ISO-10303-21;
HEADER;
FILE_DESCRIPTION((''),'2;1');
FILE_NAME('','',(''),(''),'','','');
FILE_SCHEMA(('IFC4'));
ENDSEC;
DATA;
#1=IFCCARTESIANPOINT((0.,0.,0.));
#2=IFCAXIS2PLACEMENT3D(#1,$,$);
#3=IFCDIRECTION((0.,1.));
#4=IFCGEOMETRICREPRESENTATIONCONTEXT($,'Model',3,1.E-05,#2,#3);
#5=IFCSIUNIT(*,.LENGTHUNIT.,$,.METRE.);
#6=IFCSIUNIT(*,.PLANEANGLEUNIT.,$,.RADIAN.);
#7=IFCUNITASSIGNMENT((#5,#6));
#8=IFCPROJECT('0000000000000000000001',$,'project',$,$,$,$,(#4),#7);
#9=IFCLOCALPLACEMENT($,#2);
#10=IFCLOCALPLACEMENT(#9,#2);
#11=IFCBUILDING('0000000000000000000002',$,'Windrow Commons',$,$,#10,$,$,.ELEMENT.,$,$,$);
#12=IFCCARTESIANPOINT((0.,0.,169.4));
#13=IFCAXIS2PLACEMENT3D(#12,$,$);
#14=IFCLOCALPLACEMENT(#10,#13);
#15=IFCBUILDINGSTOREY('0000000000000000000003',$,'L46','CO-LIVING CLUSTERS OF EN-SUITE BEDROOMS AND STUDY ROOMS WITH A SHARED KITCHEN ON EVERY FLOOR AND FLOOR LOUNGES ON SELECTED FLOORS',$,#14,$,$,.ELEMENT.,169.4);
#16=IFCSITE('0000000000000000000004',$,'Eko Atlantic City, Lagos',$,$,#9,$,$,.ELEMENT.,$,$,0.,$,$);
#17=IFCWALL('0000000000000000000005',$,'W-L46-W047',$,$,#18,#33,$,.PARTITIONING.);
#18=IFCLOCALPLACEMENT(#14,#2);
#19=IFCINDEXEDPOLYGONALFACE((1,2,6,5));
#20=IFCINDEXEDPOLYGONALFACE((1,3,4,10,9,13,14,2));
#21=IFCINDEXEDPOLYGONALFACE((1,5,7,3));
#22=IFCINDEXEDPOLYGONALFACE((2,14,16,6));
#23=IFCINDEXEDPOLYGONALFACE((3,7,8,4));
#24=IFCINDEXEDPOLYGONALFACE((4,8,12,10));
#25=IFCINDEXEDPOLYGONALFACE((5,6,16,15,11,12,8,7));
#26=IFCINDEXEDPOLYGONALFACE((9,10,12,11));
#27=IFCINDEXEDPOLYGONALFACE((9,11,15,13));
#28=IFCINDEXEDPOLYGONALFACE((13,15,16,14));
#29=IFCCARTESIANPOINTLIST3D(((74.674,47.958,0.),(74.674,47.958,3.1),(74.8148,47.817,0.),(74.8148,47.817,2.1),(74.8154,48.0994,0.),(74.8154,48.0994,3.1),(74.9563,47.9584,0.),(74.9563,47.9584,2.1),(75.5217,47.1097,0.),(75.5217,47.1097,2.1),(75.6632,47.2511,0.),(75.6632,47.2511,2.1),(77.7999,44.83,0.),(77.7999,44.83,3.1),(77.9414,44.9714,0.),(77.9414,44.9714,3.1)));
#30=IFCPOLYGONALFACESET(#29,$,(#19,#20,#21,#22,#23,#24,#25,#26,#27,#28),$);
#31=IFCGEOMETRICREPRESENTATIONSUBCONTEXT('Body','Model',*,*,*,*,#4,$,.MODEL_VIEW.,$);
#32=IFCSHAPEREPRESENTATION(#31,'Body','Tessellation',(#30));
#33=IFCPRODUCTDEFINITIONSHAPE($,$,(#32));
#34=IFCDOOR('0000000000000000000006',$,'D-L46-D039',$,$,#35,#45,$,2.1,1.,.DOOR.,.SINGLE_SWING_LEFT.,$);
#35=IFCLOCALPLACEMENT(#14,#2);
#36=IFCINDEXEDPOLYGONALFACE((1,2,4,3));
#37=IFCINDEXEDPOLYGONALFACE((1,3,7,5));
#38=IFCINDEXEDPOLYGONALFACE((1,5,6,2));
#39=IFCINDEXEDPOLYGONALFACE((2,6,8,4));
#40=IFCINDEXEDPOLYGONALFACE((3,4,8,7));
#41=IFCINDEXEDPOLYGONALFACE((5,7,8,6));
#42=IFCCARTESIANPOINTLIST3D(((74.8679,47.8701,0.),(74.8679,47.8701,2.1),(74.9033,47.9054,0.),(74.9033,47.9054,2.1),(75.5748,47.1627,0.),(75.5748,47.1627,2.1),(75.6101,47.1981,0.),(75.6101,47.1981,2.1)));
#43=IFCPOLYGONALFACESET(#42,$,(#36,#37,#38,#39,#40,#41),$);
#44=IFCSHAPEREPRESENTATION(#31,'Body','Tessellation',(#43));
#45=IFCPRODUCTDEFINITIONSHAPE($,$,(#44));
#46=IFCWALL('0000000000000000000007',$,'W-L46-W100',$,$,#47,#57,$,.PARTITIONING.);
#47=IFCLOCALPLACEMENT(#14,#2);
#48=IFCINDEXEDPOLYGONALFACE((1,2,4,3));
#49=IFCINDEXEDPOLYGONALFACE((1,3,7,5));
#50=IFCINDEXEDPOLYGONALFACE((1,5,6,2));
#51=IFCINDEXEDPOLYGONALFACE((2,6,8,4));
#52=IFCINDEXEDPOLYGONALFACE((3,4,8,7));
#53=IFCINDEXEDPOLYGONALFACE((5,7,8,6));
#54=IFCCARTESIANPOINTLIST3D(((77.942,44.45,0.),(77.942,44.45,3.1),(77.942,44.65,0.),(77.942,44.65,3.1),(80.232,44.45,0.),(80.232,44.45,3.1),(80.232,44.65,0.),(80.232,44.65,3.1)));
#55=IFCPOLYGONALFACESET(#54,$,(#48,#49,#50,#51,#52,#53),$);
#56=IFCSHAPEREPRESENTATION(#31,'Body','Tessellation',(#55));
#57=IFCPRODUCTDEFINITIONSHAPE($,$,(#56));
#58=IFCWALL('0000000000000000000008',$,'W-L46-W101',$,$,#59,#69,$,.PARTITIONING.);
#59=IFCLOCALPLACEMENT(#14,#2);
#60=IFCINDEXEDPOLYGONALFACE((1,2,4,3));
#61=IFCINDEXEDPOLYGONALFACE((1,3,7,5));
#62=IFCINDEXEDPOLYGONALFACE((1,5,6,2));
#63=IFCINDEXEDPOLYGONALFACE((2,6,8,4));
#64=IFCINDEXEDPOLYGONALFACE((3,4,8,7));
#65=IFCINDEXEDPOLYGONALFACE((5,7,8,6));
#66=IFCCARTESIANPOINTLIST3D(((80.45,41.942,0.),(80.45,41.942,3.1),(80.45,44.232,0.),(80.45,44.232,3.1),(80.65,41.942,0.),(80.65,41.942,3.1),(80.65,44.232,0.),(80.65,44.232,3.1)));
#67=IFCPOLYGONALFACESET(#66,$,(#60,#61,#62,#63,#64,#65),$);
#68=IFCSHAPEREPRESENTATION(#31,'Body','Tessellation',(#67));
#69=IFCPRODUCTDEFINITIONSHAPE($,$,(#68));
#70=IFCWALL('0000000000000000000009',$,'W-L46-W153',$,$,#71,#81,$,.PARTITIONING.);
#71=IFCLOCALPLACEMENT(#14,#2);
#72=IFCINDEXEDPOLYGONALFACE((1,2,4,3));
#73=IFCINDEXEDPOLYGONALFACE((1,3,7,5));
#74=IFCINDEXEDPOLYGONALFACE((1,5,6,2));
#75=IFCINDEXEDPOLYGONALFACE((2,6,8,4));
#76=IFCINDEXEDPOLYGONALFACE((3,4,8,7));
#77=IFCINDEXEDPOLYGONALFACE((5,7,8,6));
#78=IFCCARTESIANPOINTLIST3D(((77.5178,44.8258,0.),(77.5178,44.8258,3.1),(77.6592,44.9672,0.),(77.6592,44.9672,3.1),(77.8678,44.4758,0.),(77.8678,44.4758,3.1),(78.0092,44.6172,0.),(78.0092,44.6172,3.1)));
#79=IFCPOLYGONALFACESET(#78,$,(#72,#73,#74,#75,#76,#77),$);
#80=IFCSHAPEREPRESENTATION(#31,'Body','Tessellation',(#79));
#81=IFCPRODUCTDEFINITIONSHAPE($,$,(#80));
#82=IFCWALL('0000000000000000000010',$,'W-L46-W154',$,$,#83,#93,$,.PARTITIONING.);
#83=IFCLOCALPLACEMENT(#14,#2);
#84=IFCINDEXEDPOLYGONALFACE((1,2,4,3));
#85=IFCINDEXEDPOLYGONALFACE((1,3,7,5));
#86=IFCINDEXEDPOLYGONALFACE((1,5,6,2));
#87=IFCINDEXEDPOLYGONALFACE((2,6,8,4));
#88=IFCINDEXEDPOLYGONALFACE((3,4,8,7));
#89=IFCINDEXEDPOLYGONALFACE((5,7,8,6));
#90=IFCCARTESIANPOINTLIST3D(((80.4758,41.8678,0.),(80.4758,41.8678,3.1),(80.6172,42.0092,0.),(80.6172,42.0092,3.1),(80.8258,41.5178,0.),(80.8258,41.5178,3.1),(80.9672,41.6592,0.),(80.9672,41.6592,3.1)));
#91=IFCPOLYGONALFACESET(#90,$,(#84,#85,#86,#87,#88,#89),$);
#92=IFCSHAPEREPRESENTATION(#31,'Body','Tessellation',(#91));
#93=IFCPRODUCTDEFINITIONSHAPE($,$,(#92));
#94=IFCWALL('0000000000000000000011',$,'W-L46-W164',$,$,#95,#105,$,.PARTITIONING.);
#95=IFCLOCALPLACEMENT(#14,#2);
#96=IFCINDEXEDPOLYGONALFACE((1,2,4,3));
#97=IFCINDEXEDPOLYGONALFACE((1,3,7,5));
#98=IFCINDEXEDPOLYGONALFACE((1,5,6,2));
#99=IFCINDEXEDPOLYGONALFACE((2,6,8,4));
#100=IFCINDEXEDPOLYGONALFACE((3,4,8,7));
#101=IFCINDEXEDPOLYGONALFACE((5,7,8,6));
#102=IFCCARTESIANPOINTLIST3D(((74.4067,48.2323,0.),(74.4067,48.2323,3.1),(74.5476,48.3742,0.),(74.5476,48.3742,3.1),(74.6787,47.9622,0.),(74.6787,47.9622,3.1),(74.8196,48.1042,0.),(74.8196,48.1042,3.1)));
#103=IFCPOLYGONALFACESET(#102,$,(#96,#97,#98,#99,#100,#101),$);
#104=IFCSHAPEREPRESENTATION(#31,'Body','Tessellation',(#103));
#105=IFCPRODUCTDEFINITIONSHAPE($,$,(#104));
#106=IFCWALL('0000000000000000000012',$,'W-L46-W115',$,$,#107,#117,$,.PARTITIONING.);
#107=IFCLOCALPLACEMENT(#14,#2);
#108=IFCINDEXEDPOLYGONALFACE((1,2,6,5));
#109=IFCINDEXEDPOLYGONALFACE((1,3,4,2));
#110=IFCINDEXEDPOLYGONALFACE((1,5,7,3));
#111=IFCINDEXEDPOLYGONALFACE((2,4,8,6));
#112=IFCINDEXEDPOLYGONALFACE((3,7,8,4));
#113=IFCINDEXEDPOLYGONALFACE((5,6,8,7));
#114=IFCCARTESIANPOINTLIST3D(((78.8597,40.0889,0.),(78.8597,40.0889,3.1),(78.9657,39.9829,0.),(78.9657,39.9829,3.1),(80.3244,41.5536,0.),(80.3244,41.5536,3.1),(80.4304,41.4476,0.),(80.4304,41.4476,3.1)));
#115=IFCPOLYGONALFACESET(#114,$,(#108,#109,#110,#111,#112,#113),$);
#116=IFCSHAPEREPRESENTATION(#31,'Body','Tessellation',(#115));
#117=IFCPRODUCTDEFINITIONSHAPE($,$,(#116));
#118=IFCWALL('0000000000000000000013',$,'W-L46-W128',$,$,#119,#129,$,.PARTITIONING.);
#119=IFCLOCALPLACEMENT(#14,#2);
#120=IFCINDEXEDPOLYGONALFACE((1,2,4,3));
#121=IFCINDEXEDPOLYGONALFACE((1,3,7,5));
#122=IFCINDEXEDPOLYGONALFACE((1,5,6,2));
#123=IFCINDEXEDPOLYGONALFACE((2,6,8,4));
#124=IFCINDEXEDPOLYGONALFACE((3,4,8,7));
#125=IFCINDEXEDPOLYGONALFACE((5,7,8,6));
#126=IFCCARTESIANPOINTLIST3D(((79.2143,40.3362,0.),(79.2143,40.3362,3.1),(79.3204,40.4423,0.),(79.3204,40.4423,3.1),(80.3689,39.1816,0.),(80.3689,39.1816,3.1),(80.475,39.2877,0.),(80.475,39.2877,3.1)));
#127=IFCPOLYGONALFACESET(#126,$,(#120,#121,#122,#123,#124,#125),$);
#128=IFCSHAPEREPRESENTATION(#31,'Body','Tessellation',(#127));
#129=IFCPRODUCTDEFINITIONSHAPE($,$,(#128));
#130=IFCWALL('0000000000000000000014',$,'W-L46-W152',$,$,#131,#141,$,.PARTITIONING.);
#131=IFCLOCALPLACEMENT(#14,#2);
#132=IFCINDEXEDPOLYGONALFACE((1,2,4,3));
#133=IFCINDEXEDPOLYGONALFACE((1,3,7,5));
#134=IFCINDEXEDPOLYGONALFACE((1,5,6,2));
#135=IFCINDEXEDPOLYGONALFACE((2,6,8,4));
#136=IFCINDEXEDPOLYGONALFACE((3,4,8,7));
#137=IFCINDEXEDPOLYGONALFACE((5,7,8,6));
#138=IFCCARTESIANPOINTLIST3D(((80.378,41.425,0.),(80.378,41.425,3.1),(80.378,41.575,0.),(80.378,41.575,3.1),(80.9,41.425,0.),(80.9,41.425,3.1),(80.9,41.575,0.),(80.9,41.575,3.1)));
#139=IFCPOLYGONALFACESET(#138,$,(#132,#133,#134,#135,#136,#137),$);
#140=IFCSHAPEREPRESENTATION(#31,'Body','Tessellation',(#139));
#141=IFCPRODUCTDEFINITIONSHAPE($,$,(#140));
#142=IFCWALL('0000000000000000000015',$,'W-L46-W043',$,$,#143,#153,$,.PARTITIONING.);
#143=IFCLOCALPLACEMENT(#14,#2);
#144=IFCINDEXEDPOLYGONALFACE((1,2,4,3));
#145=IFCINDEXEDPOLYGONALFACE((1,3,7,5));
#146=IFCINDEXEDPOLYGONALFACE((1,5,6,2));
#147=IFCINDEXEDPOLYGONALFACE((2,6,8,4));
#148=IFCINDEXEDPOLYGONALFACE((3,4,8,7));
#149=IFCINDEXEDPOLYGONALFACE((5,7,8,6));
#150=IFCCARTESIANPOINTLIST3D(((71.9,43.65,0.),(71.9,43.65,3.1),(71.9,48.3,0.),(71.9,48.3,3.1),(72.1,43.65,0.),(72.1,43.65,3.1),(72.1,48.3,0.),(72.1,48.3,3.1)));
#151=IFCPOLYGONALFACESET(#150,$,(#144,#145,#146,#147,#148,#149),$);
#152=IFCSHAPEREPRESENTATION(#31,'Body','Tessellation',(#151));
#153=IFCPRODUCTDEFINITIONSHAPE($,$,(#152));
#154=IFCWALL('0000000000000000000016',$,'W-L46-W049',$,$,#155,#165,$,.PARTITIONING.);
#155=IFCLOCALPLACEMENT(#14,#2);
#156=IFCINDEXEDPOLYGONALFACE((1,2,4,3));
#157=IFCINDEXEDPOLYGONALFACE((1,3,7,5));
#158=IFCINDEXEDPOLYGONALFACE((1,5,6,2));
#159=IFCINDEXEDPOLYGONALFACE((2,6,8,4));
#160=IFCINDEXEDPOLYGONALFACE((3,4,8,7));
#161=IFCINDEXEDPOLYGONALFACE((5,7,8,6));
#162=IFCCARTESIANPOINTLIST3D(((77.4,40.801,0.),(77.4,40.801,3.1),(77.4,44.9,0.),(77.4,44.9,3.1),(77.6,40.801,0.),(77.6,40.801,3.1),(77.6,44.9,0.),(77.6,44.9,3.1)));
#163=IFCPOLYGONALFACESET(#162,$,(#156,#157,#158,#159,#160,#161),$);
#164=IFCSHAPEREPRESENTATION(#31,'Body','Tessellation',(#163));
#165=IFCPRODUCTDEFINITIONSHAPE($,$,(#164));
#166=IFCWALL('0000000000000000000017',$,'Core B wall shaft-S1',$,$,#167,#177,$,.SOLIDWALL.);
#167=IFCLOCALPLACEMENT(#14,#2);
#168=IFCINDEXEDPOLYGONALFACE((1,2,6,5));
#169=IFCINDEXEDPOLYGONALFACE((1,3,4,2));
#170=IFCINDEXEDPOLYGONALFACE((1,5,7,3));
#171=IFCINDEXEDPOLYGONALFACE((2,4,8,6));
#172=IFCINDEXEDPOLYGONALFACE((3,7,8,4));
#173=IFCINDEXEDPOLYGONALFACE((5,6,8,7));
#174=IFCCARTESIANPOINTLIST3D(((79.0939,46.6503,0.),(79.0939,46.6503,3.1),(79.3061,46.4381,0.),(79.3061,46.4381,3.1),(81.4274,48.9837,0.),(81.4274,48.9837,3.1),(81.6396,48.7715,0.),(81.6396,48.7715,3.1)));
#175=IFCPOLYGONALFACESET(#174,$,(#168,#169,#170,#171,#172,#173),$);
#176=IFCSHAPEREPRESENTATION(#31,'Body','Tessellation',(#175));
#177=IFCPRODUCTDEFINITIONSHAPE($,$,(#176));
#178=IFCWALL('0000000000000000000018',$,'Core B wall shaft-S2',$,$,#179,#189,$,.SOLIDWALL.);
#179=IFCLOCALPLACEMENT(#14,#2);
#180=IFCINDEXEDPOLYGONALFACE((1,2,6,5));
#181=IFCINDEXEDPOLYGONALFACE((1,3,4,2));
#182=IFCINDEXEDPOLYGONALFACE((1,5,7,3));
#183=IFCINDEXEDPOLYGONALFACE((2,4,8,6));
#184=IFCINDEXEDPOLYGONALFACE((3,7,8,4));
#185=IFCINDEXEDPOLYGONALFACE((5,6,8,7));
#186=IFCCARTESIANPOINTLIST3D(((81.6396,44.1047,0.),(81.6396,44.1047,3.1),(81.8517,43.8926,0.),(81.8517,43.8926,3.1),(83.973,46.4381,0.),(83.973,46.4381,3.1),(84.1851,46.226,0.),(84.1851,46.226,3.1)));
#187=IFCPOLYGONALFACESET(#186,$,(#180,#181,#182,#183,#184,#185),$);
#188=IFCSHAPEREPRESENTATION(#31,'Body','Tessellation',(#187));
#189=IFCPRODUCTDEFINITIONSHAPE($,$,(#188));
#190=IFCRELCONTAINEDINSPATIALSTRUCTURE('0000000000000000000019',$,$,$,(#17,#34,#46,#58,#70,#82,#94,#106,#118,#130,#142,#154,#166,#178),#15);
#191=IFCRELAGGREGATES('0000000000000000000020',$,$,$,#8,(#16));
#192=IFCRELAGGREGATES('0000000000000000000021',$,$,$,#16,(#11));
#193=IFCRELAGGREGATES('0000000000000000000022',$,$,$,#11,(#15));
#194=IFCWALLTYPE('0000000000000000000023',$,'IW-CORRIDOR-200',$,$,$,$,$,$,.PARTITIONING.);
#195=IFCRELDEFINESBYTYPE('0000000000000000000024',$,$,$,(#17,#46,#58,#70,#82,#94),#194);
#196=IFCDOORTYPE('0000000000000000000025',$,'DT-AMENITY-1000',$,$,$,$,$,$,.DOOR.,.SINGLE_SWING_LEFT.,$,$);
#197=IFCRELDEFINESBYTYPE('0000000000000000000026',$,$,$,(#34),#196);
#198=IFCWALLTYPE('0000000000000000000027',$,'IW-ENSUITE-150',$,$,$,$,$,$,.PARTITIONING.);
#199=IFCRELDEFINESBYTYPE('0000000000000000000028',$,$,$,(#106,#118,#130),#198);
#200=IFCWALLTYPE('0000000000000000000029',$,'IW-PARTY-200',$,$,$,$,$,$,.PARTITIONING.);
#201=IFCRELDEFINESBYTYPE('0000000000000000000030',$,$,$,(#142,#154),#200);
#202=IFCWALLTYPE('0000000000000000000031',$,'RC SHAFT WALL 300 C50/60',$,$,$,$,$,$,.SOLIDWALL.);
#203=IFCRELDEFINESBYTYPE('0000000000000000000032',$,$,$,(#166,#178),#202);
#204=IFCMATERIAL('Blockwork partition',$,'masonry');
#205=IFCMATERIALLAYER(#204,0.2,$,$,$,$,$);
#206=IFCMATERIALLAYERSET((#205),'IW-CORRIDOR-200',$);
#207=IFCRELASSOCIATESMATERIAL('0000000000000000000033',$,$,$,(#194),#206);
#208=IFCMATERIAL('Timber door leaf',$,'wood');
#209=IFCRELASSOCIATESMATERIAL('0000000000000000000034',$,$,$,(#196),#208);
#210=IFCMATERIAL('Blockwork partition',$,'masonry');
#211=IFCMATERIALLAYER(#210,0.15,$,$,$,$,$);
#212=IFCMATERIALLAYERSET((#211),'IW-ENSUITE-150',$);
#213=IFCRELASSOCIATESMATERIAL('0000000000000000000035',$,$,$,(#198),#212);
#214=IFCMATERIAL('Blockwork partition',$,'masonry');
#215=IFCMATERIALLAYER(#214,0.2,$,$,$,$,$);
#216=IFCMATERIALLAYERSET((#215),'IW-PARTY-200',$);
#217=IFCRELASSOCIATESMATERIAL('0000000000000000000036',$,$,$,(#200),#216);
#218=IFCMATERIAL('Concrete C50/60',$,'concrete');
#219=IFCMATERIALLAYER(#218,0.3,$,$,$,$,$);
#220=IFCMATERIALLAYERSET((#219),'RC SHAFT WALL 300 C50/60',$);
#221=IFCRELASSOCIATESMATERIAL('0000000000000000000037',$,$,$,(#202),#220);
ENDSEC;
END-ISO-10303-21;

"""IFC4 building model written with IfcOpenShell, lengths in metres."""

from ifc_helpers import new_model, si_unit, direction, frame, frame_2d, origin, place, context, subcontext, project, spatial, rectangle, extrude, material, layer, layer_set, type_object, element, fill, save


model = new_model("IFC4")

# Units and contexts
model_context = context("Model", 3, precision=1e-05, world=origin(), true_north=direction((0.0, 1.0)))
body_context = subcontext(model_context, "Body", "Model", "MODEL_VIEW")
ifc_project = project(units=[si_unit("LENGTHUNIT", "METRE"), si_unit("PLANEANGLEUNIT", "RADIAN")], contexts=[model_context])

# Site, building, storey
site_placement = place(None, origin())
site = spatial("IfcSite", under=ifc_project, at=site_placement, Name="Eko Atlantic City, Lagos", CompositionType="ELEMENT", RefElevation=0.0)
building_placement = place(site_placement, origin())
building = spatial("IfcBuilding", under=site, at=building_placement, Name="Windrow Commons", CompositionType="ELEMENT")
storey_placement = place(building_placement, frame((0.0, 0.0, 169.4)))
storey = spatial("IfcBuildingStorey", under=building, at=storey_placement, Name="L46", Description="CO-LIVING CLUSTERS OF EN-SUITE BEDROOMS AND STUDY ROOMS WITH A SHARED KITCHEN ON EVERY FLOOR AND FLOOR LOUNGES ON SELECTED FLOORS", CompositionType="ELEMENT", Elevation=169.4)

# Wall, opening, door
ifc_material_1 = material(Name="Blockwork partition", Category="masonry")
ifc_layer_1 = layer(ifc_material_1, 0.2)
ifc_layer_set_1 = layer_set([ifc_layer_1], Name="IW-CORRIDOR-200")
wall_type_1 = type_object("IfcWallType", Name="IW-CORRIDOR-200", PredefinedType="PARTITIONING", material=ifc_layer_set_1)
wall_1_placement = place(storey_placement, frame((74.7447, 48.0287, 0.0), z_axis=(0.0, 0.0, 1.0), x_axis=(0.706881, -0.707333, 0.0)))
wall_1 = element("IfcWall", 1, at=wall_1_placement, inside=storey, type_object=wall_type_1, Name="W-L46-W047", PredefinedType="PARTITIONING", context=body_context, shape_type="SweptSolid", body=[
    extrude(rectangle(XDim=4.4222, YDim=0.2, at=frame_2d((2.2111, 0.0))), origin(), (0.0, 0.0, 1.0), 3.1),
])
opening_1_placement = place(wall_1_placement, frame((0.1993, 0.0, 0.0)))
opening_1 = element("IfcOpeningElement", 2, at=opening_1_placement, cuts=wall_1, PredefinedType="OPENING", context=body_context, shape_type="SweptSolid", body=[
    extrude(rectangle(XDim=1.0, YDim=2.1, at=frame_2d((0.5, 1.05))), frame((0.0, 0.11, 0.0), z_axis=(0.0, -1.0, 0.0), x_axis=(1.0, 0.0, 0.0)), (0.0, 0.0, 1.0), 0.22),
])
ifc_material_2 = material(Name="Timber door leaf", Category="wood")
door_type_1 = type_object("IfcDoorType", Name="DT-AMENITY-1000", OperationType="SINGLE_SWING_LEFT", PredefinedType="DOOR", material=ifc_material_2)
door_1_placement = place(opening_1_placement, origin())
door_1 = element("IfcDoor", 3, at=door_1_placement, inside=storey, type_object=door_type_1, Name="D-L46-D039", OperationType="SINGLE_SWING_LEFT", OverallHeight=2.1, OverallWidth=1.0, PredefinedType="DOOR", context=body_context, shape_type="SweptSolid", body=[
    extrude(rectangle(XDim=1.0, YDim=2.1, at=frame_2d((0.5, 1.05))), frame((0.0, 0.025, 0.0), z_axis=(0.0, -1.0, 0.0), x_axis=(1.0, 0.0, 0.0)), (0.0, 0.0, 1.0), 0.05),
])
fill(opening_1, door_1)

# Walls
for number, where, z_axis, x_axis, name in (
    (4, (77.942, 44.55, 0.0), (0.0, 0.0, 1.0), (1.0, 0.0, 0.0), "W-L46-W100"),
    (5, (80.55, 41.942, 0.0), (0.0, 0.0, 1.0), (0.0, 1.0, 0.0), "W-L46-W101"),
):
    element("IfcWall", number, at=place(storey_placement, frame(where, z_axis=z_axis, x_axis=x_axis)), inside=storey, type_object=wall_type_1, Name=name, PredefinedType="PARTITIONING", context=body_context, shape_type="SweptSolid", body=[
        extrude(rectangle(XDim=2.29, YDim=0.2, at=frame_2d((1.145, 0.0))), origin(), (0.0, 0.0, 1.0), 3.1),
    ])
for number, where, z_axis, x_axis, name in (
    (6, (77.5885, 44.8965, 0.0), (0.0, 0.0, 1.0), (0.707107, -0.707107, 0.0), "W-L46-W153"),
    (7, (80.5465, 41.9385, 0.0), (0.0, 0.0, 1.0), (0.707107, -0.707107, 0.0), "W-L46-W154"),
):
    element("IfcWall", number, at=place(storey_placement, frame(where, z_axis=z_axis, x_axis=x_axis)), inside=storey, type_object=wall_type_1, Name=name, PredefinedType="PARTITIONING", context=body_context, shape_type="SweptSolid", body=[
        extrude(rectangle(XDim=0.495, YDim=0.2, at=frame_2d((0.2475, 0.0))), origin(), (0.0, 0.0, 1.0), 3.1),
    ])
wall_2_placement = place(storey_placement, frame((74.4772, 48.3032, 0.0), z_axis=(0.0, 0.0, 1.0), x_axis=(0.709711, -0.704493, 0.0)))
element("IfcWall", 8, at=wall_2_placement, inside=storey, type_object=wall_type_1, Name="W-L46-W164", PredefinedType="PARTITIONING", context=body_context, shape_type="SweptSolid", body=[
    extrude(rectangle(XDim=0.3833, YDim=0.2, at=frame_2d((0.1916, 0.0))), origin(), (0.0, 0.0, 1.0), 3.1),
])
ifc_material_3 = material(Name="Blockwork partition", Category="masonry")
ifc_layer_2 = layer(ifc_material_3, 0.15)
ifc_layer_set_2 = layer_set([ifc_layer_2], Name="IW-ENSUITE-150")
wall_type_2 = type_object("IfcWallType", Name="IW-ENSUITE-150", PredefinedType="PARTITIONING", material=ifc_layer_set_2)
wall_3_placement = place(storey_placement, frame((78.9127, 40.0359, 0.0), z_axis=(0.0, 0.0, 1.0), x_axis=(0.707107, 0.707107, 0.0)))
element("IfcWall", 9, at=wall_3_placement, inside=storey, type_object=wall_type_2, Name="W-L46-W115", PredefinedType="PARTITIONING", context=body_context, shape_type="SweptSolid", body=[
    extrude(rectangle(XDim=2.0714, YDim=0.15, at=frame_2d((1.0357, 0.0))), origin(), (0.0, 0.0, 1.0), 3.1),
])
wall_4_placement = place(storey_placement, frame((79.2673, 40.3893, 0.0), z_axis=(0.0, 0.0, 1.0), x_axis=(0.707107, -0.707107, 0.0)))
element("IfcWall", 10, at=wall_4_placement, inside=storey, type_object=wall_type_2, Name="W-L46-W128", PredefinedType="PARTITIONING", context=body_context, shape_type="SweptSolid", body=[
    extrude(rectangle(XDim=1.6329, YDim=0.15, at=frame_2d((0.8165, 0.0))), origin(), (0.0, 0.0, 1.0), 3.1),
])
wall_5_placement = place(storey_placement, frame((80.378, 41.5, 0.0), z_axis=(0.0, 0.0, 1.0), x_axis=(1.0, 0.0, 0.0)))
element("IfcWall", 11, at=wall_5_placement, inside=storey, type_object=wall_type_2, Name="W-L46-W152", PredefinedType="PARTITIONING", context=body_context, shape_type="SweptSolid", body=[
    extrude(rectangle(XDim=0.522, YDim=0.15, at=frame_2d((0.261, 0.0))), origin(), (0.0, 0.0, 1.0), 3.1),
])
ifc_material_4 = material(Name="Blockwork partition", Category="masonry")
ifc_layer_3 = layer(ifc_material_4, 0.2)
ifc_layer_set_3 = layer_set([ifc_layer_3], Name="IW-PARTY-200")
wall_type_3 = type_object("IfcWallType", Name="IW-PARTY-200", PredefinedType="PARTITIONING", material=ifc_layer_set_3)
wall_6_placement = place(storey_placement, frame((72.0, 43.65, 0.0), z_axis=(0.0, 0.0, 1.0), x_axis=(0.0, 1.0, 0.0)))
element("IfcWall", 12, at=wall_6_placement, inside=storey, type_object=wall_type_3, Name="W-L46-W043", PredefinedType="PARTITIONING", context=body_context, shape_type="SweptSolid", body=[
    extrude(rectangle(XDim=4.65, YDim=0.2, at=frame_2d((2.325, 0.0))), origin(), (0.0, 0.0, 1.0), 3.1),
])
wall_7_placement = place(storey_placement, frame((77.5, 40.801, 0.0), z_axis=(0.0, 0.0, 1.0), x_axis=(0.0, 1.0, 0.0)))
element("IfcWall", 13, at=wall_7_placement, inside=storey, type_object=wall_type_3, Name="W-L46-W049", PredefinedType="PARTITIONING", context=body_context, shape_type="SweptSolid", body=[
    extrude(rectangle(XDim=4.099, YDim=0.2, at=frame_2d((2.0495, 0.0))), origin(), (0.0, 0.0, 1.0), 3.1),
])
ifc_material_5 = material(Name="Concrete C50/60", Category="concrete")
ifc_layer_4 = layer(ifc_material_5, 0.3)
ifc_layer_set_4 = layer_set([ifc_layer_4], Name="RC SHAFT WALL 300 C50/60")
wall_type_4 = type_object("IfcWallType", Name="RC SHAFT WALL 300 C50/60", PredefinedType="SOLIDWALL", material=ifc_layer_set_4)
wall_8_placement = place(storey_placement, frame((79.2, 46.5442, 0.0), z_axis=(0.0, 0.0, 1.0), x_axis=(0.707122, 0.707092, 0.0)))
element("IfcWall", 14, at=wall_8_placement, inside=storey, type_object=wall_type_4, Name="Core B wall shaft-S1", PredefinedType="SOLIDWALL", context=body_context, shape_type="SweptSolid", body=[
    extrude(rectangle(XDim=3.3, YDim=0.3, at=frame_2d((1.65, 0.0))), origin(), (0.0, 0.0, 1.0), 3.1),
])
for number, where, z_axis, x_axis, name in (
    (15, (81.7456, 43.9986, 0.0), (0.0, 0.0, 1.0), (0.707107, 0.707107, 0.0), "Core B wall shaft-S2"),
):
    element("IfcWall", number, at=place(storey_placement, frame(where, z_axis=z_axis, x_axis=x_axis)), inside=storey, type_object=wall_type_4, Name=name, PredefinedType="SOLIDWALL", context=body_context, shape_type="SweptSolid", body=[
        extrude(rectangle(XDim=3.2999, YDim=0.3, at=frame_2d((1.65, 0.0))), origin(), (0.0, 0.0, 1.0), 3.1),
    ])

save(model, "model.ifc")
